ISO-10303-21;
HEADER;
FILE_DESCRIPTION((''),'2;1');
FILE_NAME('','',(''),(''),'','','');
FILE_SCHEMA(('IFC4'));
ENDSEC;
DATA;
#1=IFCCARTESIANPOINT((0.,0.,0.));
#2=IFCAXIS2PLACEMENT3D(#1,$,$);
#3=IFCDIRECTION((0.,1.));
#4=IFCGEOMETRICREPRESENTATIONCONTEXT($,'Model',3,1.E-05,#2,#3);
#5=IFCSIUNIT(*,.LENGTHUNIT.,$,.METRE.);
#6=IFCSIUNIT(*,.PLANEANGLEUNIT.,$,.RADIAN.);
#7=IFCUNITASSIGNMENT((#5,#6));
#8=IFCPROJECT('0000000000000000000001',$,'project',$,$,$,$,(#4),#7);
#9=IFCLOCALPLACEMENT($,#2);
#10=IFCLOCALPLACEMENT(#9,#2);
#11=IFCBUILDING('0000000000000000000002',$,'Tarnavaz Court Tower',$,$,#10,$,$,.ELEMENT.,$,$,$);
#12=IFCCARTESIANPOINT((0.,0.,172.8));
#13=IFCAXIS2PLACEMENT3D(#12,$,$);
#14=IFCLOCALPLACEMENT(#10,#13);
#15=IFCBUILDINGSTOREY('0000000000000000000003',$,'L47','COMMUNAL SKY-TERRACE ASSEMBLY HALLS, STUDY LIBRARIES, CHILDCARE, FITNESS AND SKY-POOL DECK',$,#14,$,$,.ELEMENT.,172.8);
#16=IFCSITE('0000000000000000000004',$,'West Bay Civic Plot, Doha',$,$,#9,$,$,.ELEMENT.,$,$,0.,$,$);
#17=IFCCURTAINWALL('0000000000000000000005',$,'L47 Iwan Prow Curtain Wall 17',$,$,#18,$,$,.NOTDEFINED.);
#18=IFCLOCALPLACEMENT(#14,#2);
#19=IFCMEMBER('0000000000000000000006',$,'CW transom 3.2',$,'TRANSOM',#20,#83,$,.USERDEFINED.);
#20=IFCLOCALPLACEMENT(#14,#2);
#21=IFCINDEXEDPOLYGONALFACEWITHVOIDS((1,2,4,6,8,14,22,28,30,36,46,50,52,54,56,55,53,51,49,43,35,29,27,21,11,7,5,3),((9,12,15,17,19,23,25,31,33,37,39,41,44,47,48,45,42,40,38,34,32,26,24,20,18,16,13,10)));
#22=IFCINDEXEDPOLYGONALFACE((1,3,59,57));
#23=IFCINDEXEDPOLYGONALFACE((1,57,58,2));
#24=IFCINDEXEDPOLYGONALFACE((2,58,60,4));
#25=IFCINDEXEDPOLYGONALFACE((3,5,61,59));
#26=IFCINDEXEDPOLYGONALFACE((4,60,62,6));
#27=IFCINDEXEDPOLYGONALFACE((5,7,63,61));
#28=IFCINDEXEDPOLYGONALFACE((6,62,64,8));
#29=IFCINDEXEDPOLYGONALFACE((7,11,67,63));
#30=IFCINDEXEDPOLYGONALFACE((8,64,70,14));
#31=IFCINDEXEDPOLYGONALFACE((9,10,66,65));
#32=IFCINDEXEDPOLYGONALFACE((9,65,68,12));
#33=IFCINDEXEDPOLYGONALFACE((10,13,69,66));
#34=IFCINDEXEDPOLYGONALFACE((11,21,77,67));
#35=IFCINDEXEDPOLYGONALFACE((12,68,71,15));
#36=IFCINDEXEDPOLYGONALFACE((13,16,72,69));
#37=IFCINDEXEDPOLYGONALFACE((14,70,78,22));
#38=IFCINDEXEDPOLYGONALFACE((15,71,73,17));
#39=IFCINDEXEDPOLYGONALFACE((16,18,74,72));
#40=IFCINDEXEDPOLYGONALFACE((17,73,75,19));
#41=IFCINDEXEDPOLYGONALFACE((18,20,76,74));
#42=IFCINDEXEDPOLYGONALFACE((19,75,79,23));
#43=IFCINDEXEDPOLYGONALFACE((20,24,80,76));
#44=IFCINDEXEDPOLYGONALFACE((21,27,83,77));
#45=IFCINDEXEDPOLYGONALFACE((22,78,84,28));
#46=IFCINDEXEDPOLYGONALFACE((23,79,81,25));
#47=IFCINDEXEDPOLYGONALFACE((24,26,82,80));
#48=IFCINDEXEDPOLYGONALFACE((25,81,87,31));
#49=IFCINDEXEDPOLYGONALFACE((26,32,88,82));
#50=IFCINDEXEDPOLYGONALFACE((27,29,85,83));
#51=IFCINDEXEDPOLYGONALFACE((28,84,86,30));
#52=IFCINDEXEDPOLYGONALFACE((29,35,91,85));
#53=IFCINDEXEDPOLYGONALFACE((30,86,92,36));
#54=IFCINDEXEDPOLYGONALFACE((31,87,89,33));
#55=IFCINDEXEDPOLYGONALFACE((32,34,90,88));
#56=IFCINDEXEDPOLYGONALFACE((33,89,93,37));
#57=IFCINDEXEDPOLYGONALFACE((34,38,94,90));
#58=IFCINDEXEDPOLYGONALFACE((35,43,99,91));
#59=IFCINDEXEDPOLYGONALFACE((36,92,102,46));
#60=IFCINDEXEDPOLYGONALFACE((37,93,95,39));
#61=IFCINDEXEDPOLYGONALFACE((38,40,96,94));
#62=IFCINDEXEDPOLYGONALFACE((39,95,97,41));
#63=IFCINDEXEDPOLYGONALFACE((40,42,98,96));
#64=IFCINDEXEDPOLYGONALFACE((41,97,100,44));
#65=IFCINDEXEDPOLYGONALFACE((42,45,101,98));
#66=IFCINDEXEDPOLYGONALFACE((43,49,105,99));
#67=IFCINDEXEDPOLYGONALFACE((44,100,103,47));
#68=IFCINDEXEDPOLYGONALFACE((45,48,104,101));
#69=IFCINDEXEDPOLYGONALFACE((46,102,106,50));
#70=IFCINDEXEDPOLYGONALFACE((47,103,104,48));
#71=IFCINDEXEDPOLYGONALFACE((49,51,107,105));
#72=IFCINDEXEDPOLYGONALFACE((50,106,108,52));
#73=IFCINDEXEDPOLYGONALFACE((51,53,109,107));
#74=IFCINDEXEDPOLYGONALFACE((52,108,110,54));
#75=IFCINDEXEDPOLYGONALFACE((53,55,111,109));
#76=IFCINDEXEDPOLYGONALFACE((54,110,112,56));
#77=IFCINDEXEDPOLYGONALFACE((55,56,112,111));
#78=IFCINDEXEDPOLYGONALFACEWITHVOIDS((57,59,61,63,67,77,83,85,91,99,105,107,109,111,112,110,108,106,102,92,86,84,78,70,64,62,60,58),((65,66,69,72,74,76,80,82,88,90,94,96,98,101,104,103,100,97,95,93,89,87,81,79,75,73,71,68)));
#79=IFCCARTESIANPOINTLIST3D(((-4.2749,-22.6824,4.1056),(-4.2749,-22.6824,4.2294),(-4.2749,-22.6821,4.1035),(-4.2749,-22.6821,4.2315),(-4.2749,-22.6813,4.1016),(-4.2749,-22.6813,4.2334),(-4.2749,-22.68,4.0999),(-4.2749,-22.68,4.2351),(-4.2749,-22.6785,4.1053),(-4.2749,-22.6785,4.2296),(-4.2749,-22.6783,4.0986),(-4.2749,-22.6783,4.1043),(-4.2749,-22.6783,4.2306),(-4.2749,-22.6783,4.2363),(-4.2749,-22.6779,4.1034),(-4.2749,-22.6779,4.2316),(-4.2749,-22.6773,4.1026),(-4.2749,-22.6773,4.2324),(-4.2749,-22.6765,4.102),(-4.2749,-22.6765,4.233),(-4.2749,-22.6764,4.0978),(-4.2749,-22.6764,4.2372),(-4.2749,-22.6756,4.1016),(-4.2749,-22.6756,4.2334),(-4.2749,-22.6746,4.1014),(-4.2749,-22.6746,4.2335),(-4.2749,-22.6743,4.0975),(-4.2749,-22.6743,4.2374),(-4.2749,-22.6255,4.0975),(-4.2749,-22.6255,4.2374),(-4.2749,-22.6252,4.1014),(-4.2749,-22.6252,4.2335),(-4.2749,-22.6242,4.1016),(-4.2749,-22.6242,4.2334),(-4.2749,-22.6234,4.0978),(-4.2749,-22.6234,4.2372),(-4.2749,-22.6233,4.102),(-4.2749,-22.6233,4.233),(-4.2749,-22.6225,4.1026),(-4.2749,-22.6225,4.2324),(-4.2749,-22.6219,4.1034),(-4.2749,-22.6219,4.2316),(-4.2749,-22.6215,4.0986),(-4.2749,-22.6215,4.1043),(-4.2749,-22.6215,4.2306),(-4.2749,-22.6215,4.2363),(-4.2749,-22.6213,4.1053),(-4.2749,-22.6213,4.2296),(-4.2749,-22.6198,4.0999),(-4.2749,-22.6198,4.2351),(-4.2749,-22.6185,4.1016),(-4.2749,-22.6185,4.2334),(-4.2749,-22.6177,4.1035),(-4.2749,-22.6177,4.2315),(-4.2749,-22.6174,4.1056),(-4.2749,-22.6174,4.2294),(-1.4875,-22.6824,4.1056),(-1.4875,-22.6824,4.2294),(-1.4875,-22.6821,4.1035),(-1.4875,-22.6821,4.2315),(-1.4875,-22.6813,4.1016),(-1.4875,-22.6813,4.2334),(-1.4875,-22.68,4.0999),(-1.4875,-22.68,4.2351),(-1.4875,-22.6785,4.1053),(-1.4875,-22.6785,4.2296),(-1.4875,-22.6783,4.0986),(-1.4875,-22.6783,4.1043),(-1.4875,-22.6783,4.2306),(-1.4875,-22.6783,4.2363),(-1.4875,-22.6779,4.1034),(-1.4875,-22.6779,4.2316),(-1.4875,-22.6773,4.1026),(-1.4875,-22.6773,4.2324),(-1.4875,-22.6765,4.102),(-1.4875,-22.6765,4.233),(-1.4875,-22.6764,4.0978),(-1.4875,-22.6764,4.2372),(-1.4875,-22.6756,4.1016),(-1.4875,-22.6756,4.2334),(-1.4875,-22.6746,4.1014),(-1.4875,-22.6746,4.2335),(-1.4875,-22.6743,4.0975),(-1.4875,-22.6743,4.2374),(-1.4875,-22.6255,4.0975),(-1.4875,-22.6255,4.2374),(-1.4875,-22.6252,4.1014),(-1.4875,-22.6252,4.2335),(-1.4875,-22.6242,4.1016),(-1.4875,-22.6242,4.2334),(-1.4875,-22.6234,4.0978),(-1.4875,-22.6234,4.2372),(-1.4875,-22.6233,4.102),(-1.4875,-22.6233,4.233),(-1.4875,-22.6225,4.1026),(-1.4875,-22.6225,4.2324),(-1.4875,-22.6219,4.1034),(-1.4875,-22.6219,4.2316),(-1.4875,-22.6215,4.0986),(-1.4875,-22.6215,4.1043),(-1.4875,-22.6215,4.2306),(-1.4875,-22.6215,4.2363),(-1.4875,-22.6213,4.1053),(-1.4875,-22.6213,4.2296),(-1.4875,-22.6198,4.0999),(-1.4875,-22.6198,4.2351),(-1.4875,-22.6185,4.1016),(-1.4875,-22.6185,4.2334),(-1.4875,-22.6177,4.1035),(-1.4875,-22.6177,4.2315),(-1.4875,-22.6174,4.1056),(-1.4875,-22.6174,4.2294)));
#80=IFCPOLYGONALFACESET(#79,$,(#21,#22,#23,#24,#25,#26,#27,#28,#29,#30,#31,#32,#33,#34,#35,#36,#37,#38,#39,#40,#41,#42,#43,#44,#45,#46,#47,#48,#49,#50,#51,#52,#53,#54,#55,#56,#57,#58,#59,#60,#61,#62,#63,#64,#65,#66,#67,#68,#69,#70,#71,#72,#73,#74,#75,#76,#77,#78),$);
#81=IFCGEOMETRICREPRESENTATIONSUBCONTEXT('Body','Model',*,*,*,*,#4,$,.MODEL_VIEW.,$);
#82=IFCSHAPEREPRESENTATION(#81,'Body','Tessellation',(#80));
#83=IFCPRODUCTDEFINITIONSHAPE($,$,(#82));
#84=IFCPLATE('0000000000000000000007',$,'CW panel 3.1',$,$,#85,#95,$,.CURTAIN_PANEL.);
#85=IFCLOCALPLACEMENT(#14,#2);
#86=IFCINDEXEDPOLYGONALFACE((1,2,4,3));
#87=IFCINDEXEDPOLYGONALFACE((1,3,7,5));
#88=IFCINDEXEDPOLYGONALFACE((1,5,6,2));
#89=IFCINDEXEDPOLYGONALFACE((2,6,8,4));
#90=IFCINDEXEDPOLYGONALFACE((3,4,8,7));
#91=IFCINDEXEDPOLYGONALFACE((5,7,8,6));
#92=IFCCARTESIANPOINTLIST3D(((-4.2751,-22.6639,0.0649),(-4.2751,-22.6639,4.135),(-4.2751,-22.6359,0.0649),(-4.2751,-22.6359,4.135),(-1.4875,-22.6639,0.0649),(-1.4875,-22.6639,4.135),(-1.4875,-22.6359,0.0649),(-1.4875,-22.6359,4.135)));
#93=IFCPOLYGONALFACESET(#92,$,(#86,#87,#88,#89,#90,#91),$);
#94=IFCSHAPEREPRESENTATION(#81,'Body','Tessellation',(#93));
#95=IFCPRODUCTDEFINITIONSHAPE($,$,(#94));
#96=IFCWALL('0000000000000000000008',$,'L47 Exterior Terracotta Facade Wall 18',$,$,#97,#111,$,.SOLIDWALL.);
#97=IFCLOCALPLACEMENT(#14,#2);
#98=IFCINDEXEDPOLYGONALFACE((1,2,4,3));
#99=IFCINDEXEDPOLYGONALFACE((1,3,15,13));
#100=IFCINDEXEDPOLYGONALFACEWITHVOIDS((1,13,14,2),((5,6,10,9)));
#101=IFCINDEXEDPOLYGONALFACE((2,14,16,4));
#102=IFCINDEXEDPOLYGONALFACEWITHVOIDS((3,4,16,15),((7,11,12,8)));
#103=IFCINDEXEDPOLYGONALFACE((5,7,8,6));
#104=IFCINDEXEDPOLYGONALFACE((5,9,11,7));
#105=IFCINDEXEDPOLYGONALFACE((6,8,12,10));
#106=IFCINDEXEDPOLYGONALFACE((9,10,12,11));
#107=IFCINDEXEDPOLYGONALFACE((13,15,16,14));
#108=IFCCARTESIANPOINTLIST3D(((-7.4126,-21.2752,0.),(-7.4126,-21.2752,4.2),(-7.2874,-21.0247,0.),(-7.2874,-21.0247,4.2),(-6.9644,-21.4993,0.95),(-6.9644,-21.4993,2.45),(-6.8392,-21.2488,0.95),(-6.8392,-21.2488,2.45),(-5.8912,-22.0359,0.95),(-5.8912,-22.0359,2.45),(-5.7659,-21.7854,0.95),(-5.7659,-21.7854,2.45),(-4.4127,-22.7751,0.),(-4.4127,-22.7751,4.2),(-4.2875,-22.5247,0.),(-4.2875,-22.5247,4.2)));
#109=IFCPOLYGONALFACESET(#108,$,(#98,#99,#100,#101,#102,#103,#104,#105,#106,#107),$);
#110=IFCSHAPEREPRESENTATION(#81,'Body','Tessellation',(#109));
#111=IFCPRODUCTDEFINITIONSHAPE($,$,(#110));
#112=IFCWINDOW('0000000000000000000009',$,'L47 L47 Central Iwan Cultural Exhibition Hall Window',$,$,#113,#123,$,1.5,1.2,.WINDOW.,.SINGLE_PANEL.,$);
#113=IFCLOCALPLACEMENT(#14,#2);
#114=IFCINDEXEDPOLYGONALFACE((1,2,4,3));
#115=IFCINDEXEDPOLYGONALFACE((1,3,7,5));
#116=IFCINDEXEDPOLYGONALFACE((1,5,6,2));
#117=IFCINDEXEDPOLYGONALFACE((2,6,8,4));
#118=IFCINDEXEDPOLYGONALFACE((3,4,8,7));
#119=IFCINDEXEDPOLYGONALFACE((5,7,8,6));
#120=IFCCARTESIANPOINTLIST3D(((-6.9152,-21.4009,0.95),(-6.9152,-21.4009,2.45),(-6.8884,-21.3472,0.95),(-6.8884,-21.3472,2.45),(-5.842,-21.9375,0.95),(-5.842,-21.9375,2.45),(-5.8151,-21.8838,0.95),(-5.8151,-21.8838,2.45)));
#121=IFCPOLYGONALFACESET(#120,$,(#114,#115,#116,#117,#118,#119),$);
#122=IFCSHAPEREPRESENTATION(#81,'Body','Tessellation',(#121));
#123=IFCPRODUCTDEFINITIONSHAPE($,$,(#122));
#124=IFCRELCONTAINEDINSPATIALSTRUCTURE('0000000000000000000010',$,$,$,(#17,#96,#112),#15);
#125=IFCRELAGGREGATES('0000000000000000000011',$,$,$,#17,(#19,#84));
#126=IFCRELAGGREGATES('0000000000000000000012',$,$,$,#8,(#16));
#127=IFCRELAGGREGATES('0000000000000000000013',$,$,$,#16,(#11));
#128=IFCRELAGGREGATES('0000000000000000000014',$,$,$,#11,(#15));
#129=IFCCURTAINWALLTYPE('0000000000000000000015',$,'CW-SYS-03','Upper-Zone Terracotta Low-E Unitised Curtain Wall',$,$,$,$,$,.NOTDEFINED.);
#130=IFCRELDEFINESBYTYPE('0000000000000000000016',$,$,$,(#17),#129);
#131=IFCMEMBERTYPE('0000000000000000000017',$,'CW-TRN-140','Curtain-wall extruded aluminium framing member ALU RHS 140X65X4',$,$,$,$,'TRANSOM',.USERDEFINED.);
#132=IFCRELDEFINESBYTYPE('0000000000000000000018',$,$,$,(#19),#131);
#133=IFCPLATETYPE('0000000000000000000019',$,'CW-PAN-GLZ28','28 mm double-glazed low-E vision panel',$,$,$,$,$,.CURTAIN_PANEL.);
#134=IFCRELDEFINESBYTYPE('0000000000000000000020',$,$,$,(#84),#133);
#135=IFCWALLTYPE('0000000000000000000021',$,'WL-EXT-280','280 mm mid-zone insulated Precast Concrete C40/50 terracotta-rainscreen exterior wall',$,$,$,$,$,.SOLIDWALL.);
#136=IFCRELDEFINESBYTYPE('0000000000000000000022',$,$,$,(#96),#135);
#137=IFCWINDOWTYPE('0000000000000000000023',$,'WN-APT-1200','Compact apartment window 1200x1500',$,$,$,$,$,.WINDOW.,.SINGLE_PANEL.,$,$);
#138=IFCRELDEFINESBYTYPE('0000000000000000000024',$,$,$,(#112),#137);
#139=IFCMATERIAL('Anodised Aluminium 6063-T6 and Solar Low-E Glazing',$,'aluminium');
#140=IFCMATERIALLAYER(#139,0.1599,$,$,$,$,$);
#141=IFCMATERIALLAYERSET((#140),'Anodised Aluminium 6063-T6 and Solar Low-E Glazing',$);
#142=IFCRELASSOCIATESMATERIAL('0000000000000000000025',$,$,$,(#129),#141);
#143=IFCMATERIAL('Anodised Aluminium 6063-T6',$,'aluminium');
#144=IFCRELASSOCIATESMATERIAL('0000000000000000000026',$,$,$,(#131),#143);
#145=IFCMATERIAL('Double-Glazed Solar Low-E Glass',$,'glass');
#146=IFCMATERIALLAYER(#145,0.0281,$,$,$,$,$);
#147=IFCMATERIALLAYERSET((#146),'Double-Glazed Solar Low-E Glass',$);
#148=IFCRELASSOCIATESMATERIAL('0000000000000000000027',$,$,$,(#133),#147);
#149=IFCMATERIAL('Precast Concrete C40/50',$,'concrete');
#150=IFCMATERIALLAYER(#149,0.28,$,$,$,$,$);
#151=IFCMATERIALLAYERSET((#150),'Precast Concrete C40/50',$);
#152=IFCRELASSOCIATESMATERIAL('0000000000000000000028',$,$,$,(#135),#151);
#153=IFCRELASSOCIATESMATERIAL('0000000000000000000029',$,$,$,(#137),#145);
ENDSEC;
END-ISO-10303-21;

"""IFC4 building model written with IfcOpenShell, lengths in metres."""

from ifc_helpers import new_model, si_unit, direction, frame, frame_2d, origin, origin_2d, place, context, subcontext, project, spatial, rectangle, hollow_rectangle, extrude, material, layer, layer_set, material_profile, profile_set, type_object, element, fill, aggregate, save


model = new_model("IFC4")

# Units and contexts
model_context = context("Model", 3, precision=1e-05, world=origin(), true_north=direction((0.0, 1.0)))
body_context = subcontext(model_context, "Body", "Model", "MODEL_VIEW")
ifc_project = project(units=[si_unit("LENGTHUNIT", "METRE"), si_unit("PLANEANGLEUNIT", "RADIAN")], contexts=[model_context])

# Site, building, storey
site_placement = place(None, origin())
site = spatial("IfcSite", under=ifc_project, at=site_placement, Name="West Bay Civic Plot, Doha", CompositionType="ELEMENT", RefElevation=0.0)
building_placement = place(site_placement, origin())
building = spatial("IfcBuilding", under=site, at=building_placement, Name="Tarnavaz Court Tower", CompositionType="ELEMENT")
storey_placement = place(building_placement, frame((0.0, 0.0, 172.8)))
storey = spatial("IfcBuildingStorey", under=building, at=storey_placement, Name="L47", Description="COMMUNAL SKY-TERRACE ASSEMBLY HALLS, STUDY LIBRARIES, CHILDCARE, FITNESS AND SKY-POOL DECK", CompositionType="ELEMENT", Elevation=172.8)

# Curtain wall, member, plate
ifc_material_1 = material(Name="Anodised Aluminium 6063-T6 and Solar Low-E Glazing", Category="aluminium")
ifc_layer_1 = layer(ifc_material_1, 0.1599)
ifc_layer_set_1 = layer_set([ifc_layer_1], Name="Anodised Aluminium 6063-T6 and Solar Low-E Glazing")
curtain_wall_type = type_object("IfcCurtainWallType", Name="CW-SYS-03", Description="Upper-Zone Terracotta Low-E Unitised Curtain Wall", PredefinedType="NOTDEFINED", material=ifc_layer_set_1)
curtain_wall_placement = place(storey_placement, origin())
curtain_wall = element("IfcCurtainWall", 1, at=curtain_wall_placement, inside=storey, type_object=curtain_wall_type, Name="L47 Iwan Prow Curtain Wall 17", PredefinedType="NOTDEFINED")
ifc_material_2 = material(Name="Anodised Aluminium 6063-T6", Category="aluminium")
ifc_material_profile_1 = material_profile(ifc_material_2, hollow_rectangle(XDim=0.0649, YDim=0.1399, WallThickness=0.0039, InnerFilletRadius=0.0039, OuterFilletRadius=0.0081, at=origin_2d()), Name="ALU RHS 140X65X4")
ifc_profile_set_1 = profile_set([ifc_material_profile_1], Name="Anodised Aluminium 6063-T6")
member_type_1 = type_object("IfcMemberType", Name="CW-TRN-140", Description="Curtain-wall extruded aluminium framing member ALU RHS 140X65X4", ElementType="TRANSOM", PredefinedType="USERDEFINED", material=ifc_profile_set_1)
member_1_placement = place(storey_placement, frame((-1.4875, -22.6499, 4.1675), z_axis=(-1.0, 0.0, 0.0), x_axis=(0.0, -1.0, 0.0)))
member_1 = element("IfcMember", 2, at=member_1_placement, type_object=member_type_1, Name="CW transom 3.2", ObjectType="TRANSOM", PredefinedType="USERDEFINED", context=body_context, shape_type="SweptSolid", body=[
    extrude(hollow_rectangle(XDim=0.0649, YDim=0.1399, WallThickness=0.0039, InnerFilletRadius=0.0039, OuterFilletRadius=0.0081, at=origin_2d()), origin(), (0.0, 0.0, 1.0), 2.7874),
])
ifc_material_3 = material(Name="Double-Glazed Solar Low-E Glass", Category="glass")
ifc_layer_2 = layer(ifc_material_3, 0.0281)
ifc_layer_set_2 = layer_set([ifc_layer_2], Name="Double-Glazed Solar Low-E Glass")
plate_type = type_object("IfcPlateType", Name="CW-PAN-GLZ28", Description="28 mm double-glazed low-E vision panel", PredefinedType="CURTAIN_PANEL", material=ifc_layer_set_2)
plate_placement = place(storey_placement, frame((-2.8813, -22.6499, 0.0649), z_axis=(0.0, 0.0, 1.0), x_axis=(-1.0, 0.0, 0.0)))
plate = element("IfcPlate", 3, at=plate_placement, type_object=plate_type, Name="CW panel 3.1", PredefinedType="CURTAIN_PANEL", context=body_context, shape_type="SweptSolid", body=[
    extrude(rectangle(XDim=2.7876, YDim=0.0281, at=origin_2d()), origin(), (0.0, 0.0, 1.0), 4.0701),
])
aggregate(curtain_wall, [member_1, plate])

# Wall, opening, window
ifc_material_4 = material(Name="Precast Concrete C40/50", Category="concrete")
ifc_layer_3 = layer(ifc_material_4, 0.28)
ifc_layer_set_3 = layer_set([ifc_layer_3], Name="Precast Concrete C40/50")
wall_type_1 = type_object("IfcWallType", Name="WL-EXT-280", Description="280 mm mid-zone insulated Precast Concrete C40/50 terracotta-rainscreen exterior wall", PredefinedType="SOLIDWALL", material=ifc_layer_set_3)
wall_1_placement = place(storey_placement, frame((-4.3501, -22.6499, 0.0), z_axis=(0.0, 0.0, 1.0), x_axis=(-0.894427, 0.447214, 0.0)))
wall_1 = element("IfcWall", 4, at=wall_1_placement, inside=storey, type_object=wall_type_1, Name="L47 Exterior Terracotta Facade Wall 18", PredefinedType="SOLIDWALL", context=body_context, shape_type="SweptSolid", body=[
    extrude(rectangle(XDim=3.354, YDim=0.28, at=frame_2d((1.677, 0.0))), origin(), (0.0, 0.0, 1.0), 4.2),
])
opening_1_placement = place(wall_1_placement, frame((1.6528, 0.0, 0.95)))
opening_1 = element("IfcOpeningElement", 5, at=opening_1_placement, cuts=wall_1, PredefinedType="OPENING", context=body_context, shape_type="SweptSolid", body=[
    extrude(rectangle(XDim=1.2, YDim=1.5, at=frame_2d((0.6001, 0.75))), frame((0.0, 0.1499, 0.0), z_axis=(0.0, -1.0, 0.0), x_axis=(1.0, 0.0, 0.0)), (0.0, 0.0, 1.0), 0.3),
])
window_type_1 = type_object("IfcWindowType", Name="WN-APT-1200", Description="Compact apartment window 1200x1500", PartitioningType="SINGLE_PANEL", PredefinedType="WINDOW", material=ifc_material_3)
window_1_placement = place(opening_1_placement, origin())
window_1 = element("IfcWindow", 6, at=window_1_placement, inside=storey, type_object=window_type_1, Name="L47 L47 Central Iwan Cultural Exhibition Hall Window", OverallHeight=1.5, OverallWidth=1.2, PartitioningType="SINGLE_PANEL", PredefinedType="WINDOW", context=body_context, shape_type="SweptSolid", body=[
    extrude(rectangle(XDim=1.2, YDim=1.5, at=frame_2d((0.6001, 0.75))), frame((0.0, 0.03, 0.0), z_axis=(0.0, -1.0, 0.0), x_axis=(1.0, 0.0, 0.0)), (0.0, 0.0, 1.0), 0.0601),
])
fill(opening_1, window_1)

save(model, "model.ifc")
